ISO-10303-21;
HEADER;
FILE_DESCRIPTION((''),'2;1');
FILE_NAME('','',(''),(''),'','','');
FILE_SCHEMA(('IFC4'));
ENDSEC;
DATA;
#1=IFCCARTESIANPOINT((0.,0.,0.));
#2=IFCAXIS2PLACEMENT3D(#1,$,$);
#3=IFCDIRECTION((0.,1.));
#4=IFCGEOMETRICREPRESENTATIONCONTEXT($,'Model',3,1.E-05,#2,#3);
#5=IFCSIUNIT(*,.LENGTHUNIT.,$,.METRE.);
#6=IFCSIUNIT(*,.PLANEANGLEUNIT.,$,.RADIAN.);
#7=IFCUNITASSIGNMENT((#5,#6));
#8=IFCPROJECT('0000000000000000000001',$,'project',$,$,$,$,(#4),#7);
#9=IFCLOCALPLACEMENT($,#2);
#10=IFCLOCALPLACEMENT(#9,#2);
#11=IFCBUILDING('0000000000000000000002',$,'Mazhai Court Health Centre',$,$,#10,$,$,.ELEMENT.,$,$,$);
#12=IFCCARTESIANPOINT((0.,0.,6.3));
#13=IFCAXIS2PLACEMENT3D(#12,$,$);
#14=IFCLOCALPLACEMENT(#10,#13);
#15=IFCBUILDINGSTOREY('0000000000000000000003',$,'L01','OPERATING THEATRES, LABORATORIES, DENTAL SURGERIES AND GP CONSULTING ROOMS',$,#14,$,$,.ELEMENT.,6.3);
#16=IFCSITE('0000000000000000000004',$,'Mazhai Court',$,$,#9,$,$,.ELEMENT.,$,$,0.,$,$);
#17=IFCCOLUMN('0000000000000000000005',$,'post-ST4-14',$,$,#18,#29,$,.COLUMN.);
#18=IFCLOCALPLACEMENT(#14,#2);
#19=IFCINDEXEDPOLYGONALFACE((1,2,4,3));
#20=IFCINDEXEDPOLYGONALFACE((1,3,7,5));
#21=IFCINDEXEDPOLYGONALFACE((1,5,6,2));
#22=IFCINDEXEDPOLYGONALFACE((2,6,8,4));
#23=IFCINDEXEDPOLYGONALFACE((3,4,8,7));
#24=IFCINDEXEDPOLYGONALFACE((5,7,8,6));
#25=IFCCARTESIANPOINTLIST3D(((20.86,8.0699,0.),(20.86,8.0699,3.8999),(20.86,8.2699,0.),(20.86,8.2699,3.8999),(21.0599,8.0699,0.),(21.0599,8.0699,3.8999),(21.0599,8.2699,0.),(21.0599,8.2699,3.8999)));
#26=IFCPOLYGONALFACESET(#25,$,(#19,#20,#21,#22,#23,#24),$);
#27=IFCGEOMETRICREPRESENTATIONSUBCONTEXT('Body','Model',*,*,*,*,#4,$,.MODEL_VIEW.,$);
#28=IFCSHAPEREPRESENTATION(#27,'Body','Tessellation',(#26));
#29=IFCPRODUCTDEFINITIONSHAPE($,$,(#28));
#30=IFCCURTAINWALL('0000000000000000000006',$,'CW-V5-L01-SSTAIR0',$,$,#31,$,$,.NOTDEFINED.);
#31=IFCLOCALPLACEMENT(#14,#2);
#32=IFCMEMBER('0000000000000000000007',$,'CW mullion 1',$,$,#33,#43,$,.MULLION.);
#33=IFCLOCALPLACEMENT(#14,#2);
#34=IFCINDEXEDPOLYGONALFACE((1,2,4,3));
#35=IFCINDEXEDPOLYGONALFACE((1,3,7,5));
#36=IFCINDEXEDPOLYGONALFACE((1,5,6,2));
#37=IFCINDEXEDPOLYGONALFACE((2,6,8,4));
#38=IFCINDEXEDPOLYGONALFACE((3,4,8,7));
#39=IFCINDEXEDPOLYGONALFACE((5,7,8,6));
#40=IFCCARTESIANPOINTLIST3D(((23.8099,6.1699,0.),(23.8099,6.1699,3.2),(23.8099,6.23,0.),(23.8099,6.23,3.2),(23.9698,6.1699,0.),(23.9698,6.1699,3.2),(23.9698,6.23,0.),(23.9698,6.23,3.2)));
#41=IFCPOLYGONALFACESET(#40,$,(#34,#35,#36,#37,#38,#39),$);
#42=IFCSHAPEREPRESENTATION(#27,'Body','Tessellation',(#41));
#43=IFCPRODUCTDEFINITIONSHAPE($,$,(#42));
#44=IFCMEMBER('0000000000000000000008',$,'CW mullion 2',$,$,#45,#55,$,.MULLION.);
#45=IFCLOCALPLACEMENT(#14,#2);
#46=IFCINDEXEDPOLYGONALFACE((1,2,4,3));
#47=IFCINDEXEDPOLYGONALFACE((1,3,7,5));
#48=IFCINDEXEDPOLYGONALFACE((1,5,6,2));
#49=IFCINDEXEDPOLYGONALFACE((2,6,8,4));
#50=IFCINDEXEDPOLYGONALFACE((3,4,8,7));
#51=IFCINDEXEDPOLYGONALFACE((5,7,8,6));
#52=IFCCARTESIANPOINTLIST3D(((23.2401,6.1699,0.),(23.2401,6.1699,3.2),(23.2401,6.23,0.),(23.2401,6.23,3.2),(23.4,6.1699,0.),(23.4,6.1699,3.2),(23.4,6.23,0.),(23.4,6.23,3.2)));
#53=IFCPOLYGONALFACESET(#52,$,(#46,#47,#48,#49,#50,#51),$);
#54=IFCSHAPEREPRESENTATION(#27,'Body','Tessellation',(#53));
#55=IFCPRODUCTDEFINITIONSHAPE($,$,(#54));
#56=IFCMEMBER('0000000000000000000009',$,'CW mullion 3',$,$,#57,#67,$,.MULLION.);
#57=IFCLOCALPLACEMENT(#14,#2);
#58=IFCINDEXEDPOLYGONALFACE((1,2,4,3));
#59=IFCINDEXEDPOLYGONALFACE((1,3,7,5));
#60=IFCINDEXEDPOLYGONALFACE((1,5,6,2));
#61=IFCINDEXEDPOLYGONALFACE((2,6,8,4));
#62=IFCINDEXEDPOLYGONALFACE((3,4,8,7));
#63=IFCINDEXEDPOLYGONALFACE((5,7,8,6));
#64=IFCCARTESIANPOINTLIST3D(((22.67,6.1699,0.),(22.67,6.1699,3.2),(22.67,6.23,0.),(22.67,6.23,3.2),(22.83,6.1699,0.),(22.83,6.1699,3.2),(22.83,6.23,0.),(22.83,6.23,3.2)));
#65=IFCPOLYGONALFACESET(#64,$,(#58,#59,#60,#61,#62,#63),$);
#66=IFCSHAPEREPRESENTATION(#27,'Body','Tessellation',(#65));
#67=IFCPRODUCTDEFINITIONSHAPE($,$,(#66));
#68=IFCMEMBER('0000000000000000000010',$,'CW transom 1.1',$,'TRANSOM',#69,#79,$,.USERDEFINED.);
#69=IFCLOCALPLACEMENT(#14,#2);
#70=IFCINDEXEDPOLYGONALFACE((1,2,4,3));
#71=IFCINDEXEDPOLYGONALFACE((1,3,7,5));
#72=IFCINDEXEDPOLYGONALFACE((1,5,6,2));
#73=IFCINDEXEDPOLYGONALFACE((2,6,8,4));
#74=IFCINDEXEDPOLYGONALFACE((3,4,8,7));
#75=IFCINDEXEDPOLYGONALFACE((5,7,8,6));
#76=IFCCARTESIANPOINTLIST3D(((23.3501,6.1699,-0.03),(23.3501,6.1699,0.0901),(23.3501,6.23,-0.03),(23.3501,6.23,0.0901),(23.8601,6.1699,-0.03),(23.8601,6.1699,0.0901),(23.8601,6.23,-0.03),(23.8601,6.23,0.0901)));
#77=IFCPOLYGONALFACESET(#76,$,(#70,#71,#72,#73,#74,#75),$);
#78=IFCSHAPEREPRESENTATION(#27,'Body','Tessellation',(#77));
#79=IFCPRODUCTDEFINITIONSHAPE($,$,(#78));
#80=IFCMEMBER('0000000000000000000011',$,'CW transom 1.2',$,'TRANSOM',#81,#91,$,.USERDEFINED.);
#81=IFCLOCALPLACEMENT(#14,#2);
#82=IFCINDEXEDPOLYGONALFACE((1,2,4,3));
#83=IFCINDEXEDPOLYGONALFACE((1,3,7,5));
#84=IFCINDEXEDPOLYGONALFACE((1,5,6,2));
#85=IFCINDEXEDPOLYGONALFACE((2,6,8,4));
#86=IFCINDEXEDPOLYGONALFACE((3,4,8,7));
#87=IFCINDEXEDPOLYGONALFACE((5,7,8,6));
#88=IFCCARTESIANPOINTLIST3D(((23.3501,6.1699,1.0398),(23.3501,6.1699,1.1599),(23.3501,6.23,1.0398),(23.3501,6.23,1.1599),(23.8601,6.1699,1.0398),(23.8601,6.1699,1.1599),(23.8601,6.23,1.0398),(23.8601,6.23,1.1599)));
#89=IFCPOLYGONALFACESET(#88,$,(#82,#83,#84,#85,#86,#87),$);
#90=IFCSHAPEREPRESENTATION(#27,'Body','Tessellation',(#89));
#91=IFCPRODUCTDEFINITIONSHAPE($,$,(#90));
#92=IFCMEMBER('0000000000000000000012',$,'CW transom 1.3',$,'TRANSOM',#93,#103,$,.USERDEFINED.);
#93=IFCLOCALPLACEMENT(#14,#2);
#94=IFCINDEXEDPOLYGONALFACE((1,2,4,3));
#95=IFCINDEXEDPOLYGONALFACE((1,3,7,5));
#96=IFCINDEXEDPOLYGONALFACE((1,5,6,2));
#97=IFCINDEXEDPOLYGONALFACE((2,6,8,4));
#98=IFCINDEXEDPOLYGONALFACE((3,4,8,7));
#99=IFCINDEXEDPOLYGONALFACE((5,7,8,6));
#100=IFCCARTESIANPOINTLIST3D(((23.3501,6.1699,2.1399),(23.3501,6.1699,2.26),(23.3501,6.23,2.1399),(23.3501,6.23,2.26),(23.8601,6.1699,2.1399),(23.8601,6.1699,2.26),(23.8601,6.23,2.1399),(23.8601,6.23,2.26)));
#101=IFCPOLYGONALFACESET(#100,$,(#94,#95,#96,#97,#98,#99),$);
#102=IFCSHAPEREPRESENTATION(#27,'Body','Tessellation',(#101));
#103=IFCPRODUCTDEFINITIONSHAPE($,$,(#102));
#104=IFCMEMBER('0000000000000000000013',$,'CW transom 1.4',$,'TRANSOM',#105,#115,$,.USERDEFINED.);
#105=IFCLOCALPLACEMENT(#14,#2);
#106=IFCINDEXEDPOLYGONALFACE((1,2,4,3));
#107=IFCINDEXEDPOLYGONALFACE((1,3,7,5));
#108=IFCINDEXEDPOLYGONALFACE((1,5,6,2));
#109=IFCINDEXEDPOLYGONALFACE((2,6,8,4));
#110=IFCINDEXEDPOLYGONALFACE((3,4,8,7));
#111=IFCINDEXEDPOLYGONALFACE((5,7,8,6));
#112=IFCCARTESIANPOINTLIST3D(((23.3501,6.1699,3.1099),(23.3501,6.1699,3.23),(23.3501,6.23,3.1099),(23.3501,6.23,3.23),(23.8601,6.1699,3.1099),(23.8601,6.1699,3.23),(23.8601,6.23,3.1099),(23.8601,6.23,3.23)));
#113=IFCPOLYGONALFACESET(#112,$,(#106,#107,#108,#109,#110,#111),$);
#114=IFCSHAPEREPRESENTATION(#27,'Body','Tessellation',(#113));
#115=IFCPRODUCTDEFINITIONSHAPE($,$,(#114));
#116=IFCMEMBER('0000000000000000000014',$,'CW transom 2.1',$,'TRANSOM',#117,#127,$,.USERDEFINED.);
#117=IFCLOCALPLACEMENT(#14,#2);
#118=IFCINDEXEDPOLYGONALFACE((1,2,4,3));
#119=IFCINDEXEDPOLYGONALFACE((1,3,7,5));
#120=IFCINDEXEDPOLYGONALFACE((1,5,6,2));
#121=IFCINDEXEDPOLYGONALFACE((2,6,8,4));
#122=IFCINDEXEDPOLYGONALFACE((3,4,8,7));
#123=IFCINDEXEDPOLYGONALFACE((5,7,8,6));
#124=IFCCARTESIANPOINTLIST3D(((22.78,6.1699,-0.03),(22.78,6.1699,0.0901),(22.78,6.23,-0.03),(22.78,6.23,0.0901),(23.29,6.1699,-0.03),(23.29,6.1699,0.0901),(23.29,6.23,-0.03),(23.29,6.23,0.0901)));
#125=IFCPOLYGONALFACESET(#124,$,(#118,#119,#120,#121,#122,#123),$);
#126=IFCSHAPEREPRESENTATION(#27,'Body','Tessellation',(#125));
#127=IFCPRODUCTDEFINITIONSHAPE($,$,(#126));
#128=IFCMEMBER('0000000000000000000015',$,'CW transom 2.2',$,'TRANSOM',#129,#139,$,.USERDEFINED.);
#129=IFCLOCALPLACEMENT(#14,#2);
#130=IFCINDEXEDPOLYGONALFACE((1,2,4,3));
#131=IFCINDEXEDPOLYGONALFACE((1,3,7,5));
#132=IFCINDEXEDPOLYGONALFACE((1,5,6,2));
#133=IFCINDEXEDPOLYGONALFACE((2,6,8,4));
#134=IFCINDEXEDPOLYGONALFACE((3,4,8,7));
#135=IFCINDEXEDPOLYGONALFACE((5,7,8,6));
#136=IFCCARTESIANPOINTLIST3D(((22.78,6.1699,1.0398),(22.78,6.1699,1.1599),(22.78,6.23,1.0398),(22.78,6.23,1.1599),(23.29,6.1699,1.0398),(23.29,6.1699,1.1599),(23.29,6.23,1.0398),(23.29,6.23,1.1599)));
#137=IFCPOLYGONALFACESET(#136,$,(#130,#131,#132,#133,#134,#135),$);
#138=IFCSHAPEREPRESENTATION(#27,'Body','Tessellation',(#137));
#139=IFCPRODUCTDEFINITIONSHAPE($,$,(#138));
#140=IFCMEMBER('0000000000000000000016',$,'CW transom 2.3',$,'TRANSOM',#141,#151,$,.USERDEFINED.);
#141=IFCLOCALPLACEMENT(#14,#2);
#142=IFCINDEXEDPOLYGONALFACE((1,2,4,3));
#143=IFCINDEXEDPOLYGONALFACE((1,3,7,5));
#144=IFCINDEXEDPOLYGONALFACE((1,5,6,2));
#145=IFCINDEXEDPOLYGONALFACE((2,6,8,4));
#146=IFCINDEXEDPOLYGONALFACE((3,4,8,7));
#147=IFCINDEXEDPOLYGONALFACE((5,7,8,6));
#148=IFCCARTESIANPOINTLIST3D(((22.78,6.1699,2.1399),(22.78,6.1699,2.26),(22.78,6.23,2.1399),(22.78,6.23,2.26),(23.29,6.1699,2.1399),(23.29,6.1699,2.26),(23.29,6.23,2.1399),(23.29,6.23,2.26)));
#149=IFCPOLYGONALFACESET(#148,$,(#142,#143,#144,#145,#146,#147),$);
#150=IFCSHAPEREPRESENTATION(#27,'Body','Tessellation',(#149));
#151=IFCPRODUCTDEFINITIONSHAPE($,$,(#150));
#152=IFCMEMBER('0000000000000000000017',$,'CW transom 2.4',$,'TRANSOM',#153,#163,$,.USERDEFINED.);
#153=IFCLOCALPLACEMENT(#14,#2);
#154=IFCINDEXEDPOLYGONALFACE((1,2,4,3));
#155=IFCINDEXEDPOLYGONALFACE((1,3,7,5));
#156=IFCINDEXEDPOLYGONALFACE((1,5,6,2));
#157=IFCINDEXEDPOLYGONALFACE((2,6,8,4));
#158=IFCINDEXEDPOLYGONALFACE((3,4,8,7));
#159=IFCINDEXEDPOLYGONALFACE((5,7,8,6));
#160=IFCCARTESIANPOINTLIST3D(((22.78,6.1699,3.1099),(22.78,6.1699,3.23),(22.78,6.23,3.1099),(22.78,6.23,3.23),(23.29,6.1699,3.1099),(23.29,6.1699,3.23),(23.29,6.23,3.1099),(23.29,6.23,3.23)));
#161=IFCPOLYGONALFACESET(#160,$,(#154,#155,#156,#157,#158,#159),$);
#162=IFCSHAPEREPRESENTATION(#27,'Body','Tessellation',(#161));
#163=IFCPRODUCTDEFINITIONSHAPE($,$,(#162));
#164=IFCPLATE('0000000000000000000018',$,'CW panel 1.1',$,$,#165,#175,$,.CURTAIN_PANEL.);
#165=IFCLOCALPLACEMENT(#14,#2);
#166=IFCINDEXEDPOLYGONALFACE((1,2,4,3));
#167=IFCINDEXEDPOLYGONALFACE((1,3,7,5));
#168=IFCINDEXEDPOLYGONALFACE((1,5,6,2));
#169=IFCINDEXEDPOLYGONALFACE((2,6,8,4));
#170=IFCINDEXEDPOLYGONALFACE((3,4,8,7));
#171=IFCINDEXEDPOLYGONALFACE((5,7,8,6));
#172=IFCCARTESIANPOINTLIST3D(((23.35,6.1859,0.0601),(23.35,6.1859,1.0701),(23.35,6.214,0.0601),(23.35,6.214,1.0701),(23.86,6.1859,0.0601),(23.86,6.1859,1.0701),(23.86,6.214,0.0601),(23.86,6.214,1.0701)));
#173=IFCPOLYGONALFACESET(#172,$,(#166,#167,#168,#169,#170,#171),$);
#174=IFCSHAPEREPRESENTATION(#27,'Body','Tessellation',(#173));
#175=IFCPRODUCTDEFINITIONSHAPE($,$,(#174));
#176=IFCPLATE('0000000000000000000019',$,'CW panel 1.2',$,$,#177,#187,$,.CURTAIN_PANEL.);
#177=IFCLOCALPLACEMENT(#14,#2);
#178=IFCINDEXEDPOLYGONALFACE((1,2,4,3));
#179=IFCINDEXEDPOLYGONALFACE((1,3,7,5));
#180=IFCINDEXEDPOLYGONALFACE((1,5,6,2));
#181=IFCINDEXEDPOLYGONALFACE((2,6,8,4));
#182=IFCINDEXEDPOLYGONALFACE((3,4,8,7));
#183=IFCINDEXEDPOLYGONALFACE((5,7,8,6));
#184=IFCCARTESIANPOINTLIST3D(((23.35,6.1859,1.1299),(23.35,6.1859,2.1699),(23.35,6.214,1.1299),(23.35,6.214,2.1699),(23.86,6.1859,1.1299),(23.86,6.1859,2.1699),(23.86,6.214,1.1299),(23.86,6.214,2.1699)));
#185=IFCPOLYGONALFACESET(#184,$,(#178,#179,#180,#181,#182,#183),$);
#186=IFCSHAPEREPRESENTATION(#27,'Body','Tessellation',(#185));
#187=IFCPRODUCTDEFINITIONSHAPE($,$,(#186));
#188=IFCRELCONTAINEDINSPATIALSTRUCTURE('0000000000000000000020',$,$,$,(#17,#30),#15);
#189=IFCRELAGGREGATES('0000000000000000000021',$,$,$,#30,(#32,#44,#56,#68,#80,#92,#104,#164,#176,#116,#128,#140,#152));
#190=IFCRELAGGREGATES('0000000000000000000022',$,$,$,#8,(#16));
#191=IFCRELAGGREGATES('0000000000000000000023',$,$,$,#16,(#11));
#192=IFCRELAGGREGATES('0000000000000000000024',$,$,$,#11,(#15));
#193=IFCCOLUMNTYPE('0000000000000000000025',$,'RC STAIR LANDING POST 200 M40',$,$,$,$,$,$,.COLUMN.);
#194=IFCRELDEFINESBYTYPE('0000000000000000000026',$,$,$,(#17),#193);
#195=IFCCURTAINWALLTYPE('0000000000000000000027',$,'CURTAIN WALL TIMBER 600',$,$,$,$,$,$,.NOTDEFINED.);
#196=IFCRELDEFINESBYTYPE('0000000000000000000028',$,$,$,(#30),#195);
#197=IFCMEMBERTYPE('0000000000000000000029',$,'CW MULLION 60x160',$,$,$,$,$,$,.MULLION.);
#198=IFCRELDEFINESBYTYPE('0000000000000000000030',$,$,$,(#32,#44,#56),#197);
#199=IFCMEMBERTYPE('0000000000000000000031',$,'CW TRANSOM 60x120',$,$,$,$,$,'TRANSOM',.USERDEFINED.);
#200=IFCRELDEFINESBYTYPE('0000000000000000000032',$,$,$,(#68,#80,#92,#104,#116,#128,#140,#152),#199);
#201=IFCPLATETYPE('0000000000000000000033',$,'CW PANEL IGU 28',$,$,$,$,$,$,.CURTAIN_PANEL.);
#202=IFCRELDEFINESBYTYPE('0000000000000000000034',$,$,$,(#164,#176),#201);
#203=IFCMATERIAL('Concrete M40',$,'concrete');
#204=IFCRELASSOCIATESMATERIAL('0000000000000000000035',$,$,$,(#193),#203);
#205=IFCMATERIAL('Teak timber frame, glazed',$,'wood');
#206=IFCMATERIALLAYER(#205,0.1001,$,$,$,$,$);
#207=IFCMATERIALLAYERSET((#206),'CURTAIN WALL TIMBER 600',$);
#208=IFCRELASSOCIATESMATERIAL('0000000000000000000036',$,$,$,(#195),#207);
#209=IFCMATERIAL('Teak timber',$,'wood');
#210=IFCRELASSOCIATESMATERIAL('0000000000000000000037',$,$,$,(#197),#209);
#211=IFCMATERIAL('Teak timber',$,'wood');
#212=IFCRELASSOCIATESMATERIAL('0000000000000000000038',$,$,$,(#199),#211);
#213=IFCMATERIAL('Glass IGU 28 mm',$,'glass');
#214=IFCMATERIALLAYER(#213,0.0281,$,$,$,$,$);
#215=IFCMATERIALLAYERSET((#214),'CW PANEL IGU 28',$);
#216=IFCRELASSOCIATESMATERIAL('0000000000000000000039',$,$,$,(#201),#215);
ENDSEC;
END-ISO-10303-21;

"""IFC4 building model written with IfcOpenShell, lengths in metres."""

from ifc_helpers import new_model, si_unit, direction, frame, origin, origin_2d, place, context, subcontext, project, spatial, rectangle, extrude, material, layer, layer_set, material_profile, profile_set, type_object, element, aggregate, save


model = new_model("IFC4")

# Units and contexts
model_context = context("Model", 3, precision=1e-05, world=origin(), true_north=direction((0.0, 1.0)))
body_context = subcontext(model_context, "Body", "Model", "MODEL_VIEW")
ifc_project = project(units=[si_unit("LENGTHUNIT", "METRE"), si_unit("PLANEANGLEUNIT", "RADIAN")], contexts=[model_context])

# Site, building, storey
site_placement = place(None, origin())
site = spatial("IfcSite", under=ifc_project, at=site_placement, Name="Mazhai Court", CompositionType="ELEMENT", RefElevation=0.0)
building_placement = place(site_placement, origin())
building = spatial("IfcBuilding", under=site, at=building_placement, Name="Mazhai Court Health Centre", CompositionType="ELEMENT")
storey_placement = place(building_placement, frame((0.0, 0.0, 6.3)))
storey = spatial("IfcBuildingStorey", under=building, at=storey_placement, Name="L01", Description="OPERATING THEATRES, LABORATORIES, DENTAL SURGERIES AND GP CONSULTING ROOMS", CompositionType="ELEMENT", Elevation=6.3)

# Column
ifc_material_1 = material(Name="Concrete M40", Category="concrete")
ifc_material_profile_1 = material_profile(ifc_material_1, rectangle(XDim=0.2, YDim=0.2, at=origin_2d()), Name="RC 200x200")
ifc_profile_set_1 = profile_set([ifc_material_profile_1], Name="Concrete M40")
column_type = type_object("IfcColumnType", Name="RC STAIR LANDING POST 200 M40", PredefinedType="COLUMN", material=ifc_profile_set_1)
column_placement = place(storey_placement, frame((20.96, 8.1699, 0.0), z_axis=(0.0, 0.0, 1.0), x_axis=(1.0, 0.0, 0.0)))
element("IfcColumn", 1, at=column_placement, inside=storey, type_object=column_type, Name="post-ST4-14", PredefinedType="COLUMN", context=body_context, shape_type="SweptSolid", body=[
    extrude(rectangle(XDim=0.2, YDim=0.2, at=origin_2d()), origin(), (0.0, 0.0, 1.0), 3.8999),
])

# Curtain wall, members, plates
ifc_material_2 = material(Name="Teak timber frame, glazed", Category="wood")
ifc_layer_1 = layer(ifc_material_2, 0.1001)
ifc_layer_set_1 = layer_set([ifc_layer_1], Name="CURTAIN WALL TIMBER 600")
curtain_wall_type = type_object("IfcCurtainWallType", Name="CURTAIN WALL TIMBER 600", PredefinedType="NOTDEFINED", material=ifc_layer_set_1)
curtain_wall_placement = place(storey_placement, origin())
curtain_wall = element("IfcCurtainWall", 2, at=curtain_wall_placement, inside=storey, type_object=curtain_wall_type, Name="CW-V5-L01-SSTAIR0", PredefinedType="NOTDEFINED")
ifc_material_3 = material(Name="Teak timber", Category="wood")
ifc_material_profile_2 = material_profile(ifc_material_3, rectangle(XDim=0.0601, YDim=0.1599, at=origin_2d()), Name="CW MULLION 60x160")
ifc_profile_set_2 = profile_set([ifc_material_profile_2], Name="Teak timber")
member_type_1 = type_object("IfcMemberType", Name="CW MULLION 60x160", PredefinedType="MULLION", material=ifc_profile_set_2)
member_1_placement = place(storey_placement, frame((23.8899, 6.2, 0.0), z_axis=(0.0, 0.0, 1.0), x_axis=(0.0, -1.0, 0.0)))
member_1 = element("IfcMember", 3, at=member_1_placement, type_object=member_type_1, Name="CW mullion 1", PredefinedType="MULLION", context=body_context, shape_type="SweptSolid", body=[
    extrude(rectangle(XDim=0.0601, YDim=0.1599, at=origin_2d()), origin(), (0.0, 0.0, 1.0), 3.2),
])
member_2_placement = place(storey_placement, frame((23.3201, 6.2, 0.0), z_axis=(0.0, 0.0, 1.0), x_axis=(0.0, -1.0, 0.0)))
member_2 = element("IfcMember", 4, at=member_2_placement, type_object=member_type_1, Name="CW mullion 2", PredefinedType="MULLION", context=body_context, shape_type="SweptSolid", body=[
    extrude(rectangle(XDim=0.0601, YDim=0.1599, at=origin_2d()), origin(), (0.0, 0.0, 1.0), 3.2),
])
member_3_placement = place(storey_placement, frame((22.75, 6.2, 0.0), z_axis=(0.0, 0.0, 1.0), x_axis=(0.0, -1.0, 0.0)))
member_3 = element("IfcMember", 5, at=member_3_placement, type_object=member_type_1, Name="CW mullion 3", PredefinedType="MULLION", context=body_context, shape_type="SweptSolid", body=[
    extrude(rectangle(XDim=0.0601, YDim=0.1599, at=origin_2d()), origin(), (0.0, 0.0, 1.0), 3.2),
])
ifc_material_4 = material(Name="Teak timber", Category="wood")
ifc_material_profile_3 = material_profile(ifc_material_4, rectangle(XDim=0.0601, YDim=0.1201, at=origin_2d()), Name="CW TRANSOM 60x120")
ifc_profile_set_3 = profile_set([ifc_material_profile_3], Name="Teak timber")
member_type_2 = type_object("IfcMemberType", Name="CW TRANSOM 60x120", ElementType="TRANSOM", PredefinedType="USERDEFINED", material=ifc_profile_set_3)
member_4_placement = place(storey_placement, frame((23.8601, 6.2, 0.03), z_axis=(-1.0, 0.0, 0.0), x_axis=(0.0, -1.0, 0.0)))
member_4 = element("IfcMember", 6, at=member_4_placement, type_object=member_type_2, Name="CW transom 1.1", ObjectType="TRANSOM", PredefinedType="USERDEFINED", context=body_context, shape_type="SweptSolid", body=[
    extrude(rectangle(XDim=0.0601, YDim=0.1201, at=origin_2d()), origin(), (0.0, 0.0, 1.0), 0.51),
])
member_5_placement = place(storey_placement, frame((23.8601, 6.2, 1.0999), z_axis=(-1.0, 0.0, 0.0), x_axis=(0.0, -1.0, 0.0)))
member_5 = element("IfcMember", 7, at=member_5_placement, type_object=member_type_2, Name="CW transom 1.2", ObjectType="TRANSOM", PredefinedType="USERDEFINED", context=body_context, shape_type="SweptSolid", body=[
    extrude(rectangle(XDim=0.0601, YDim=0.1201, at=origin_2d()), origin(), (0.0, 0.0, 1.0), 0.51),
])
member_6_placement = place(storey_placement, frame((23.8601, 6.2, 2.2), z_axis=(-1.0, 0.0, 0.0), x_axis=(0.0, -1.0, 0.0)))
member_6 = element("IfcMember", 8, at=member_6_placement, type_object=member_type_2, Name="CW transom 1.3", ObjectType="TRANSOM", PredefinedType="USERDEFINED", context=body_context, shape_type="SweptSolid", body=[
    extrude(rectangle(XDim=0.0601, YDim=0.1201, at=origin_2d()), origin(), (0.0, 0.0, 1.0), 0.51),
])
member_7_placement = place(storey_placement, frame((23.8601, 6.2, 3.1699), z_axis=(-1.0, 0.0, 0.0), x_axis=(0.0, -1.0, 0.0)))
member_7 = element("IfcMember", 9, at=member_7_placement, type_object=member_type_2, Name="CW transom 1.4", ObjectType="TRANSOM", PredefinedType="USERDEFINED", context=body_context, shape_type="SweptSolid", body=[
    extrude(rectangle(XDim=0.0601, YDim=0.1201, at=origin_2d()), origin(), (0.0, 0.0, 1.0), 0.51),
])
member_8_placement = place(storey_placement, frame((23.29, 6.2, 0.03), z_axis=(-1.0, 0.0, 0.0), x_axis=(0.0, -1.0, 0.0)))
member_8 = element("IfcMember", 10, at=member_8_placement, type_object=member_type_2, Name="CW transom 2.1", ObjectType="TRANSOM", PredefinedType="USERDEFINED", context=body_context, shape_type="SweptSolid", body=[
    extrude(rectangle(XDim=0.0601, YDim=0.1201, at=origin_2d()), origin(), (0.0, 0.0, 1.0), 0.51),
])
member_9_placement = place(storey_placement, frame((23.29, 6.2, 1.0999), z_axis=(-1.0, 0.0, 0.0), x_axis=(0.0, -1.0, 0.0)))
member_9 = element("IfcMember", 11, at=member_9_placement, type_object=member_type_2, Name="CW transom 2.2", ObjectType="TRANSOM", PredefinedType="USERDEFINED", context=body_context, shape_type="SweptSolid", body=[
    extrude(rectangle(XDim=0.0601, YDim=0.1201, at=origin_2d()), origin(), (0.0, 0.0, 1.0), 0.51),
])
member_10_placement = place(storey_placement, frame((23.29, 6.2, 2.2), z_axis=(-1.0, 0.0, 0.0), x_axis=(0.0, -1.0, 0.0)))
member_10 = element("IfcMember", 12, at=member_10_placement, type_object=member_type_2, Name="CW transom 2.3", ObjectType="TRANSOM", PredefinedType="USERDEFINED", context=body_context, shape_type="SweptSolid", body=[
    extrude(rectangle(XDim=0.0601, YDim=0.1201, at=origin_2d()), origin(), (0.0, 0.0, 1.0), 0.51),
])
member_11_placement = place(storey_placement, frame((23.29, 6.2, 3.1699), z_axis=(-1.0, 0.0, 0.0), x_axis=(0.0, -1.0, 0.0)))
member_11 = element("IfcMember", 13, at=member_11_placement, type_object=member_type_2, Name="CW transom 2.4", ObjectType="TRANSOM", PredefinedType="USERDEFINED", context=body_context, shape_type="SweptSolid", body=[
    extrude(rectangle(XDim=0.0601, YDim=0.1201, at=origin_2d()), origin(), (0.0, 0.0, 1.0), 0.51),
])
ifc_material_5 = material(Name="Glass IGU 28 mm", Category="glass")
ifc_layer_2 = layer(ifc_material_5, 0.0281)
ifc_layer_set_2 = layer_set([ifc_layer_2], Name="CW PANEL IGU 28")
plate_type = type_object("IfcPlateType", Name="CW PANEL IGU 28", PredefinedType="CURTAIN_PANEL", material=ifc_layer_set_2)
plate_1_placement = place(storey_placement, frame((23.605, 6.2, 0.0601), z_axis=(0.0, 0.0, 1.0), x_axis=(-1.0, 0.0, 0.0)))
plate_1 = element("IfcPlate", 14, at=plate_1_placement, type_object=plate_type, Name="CW panel 1.1", PredefinedType="CURTAIN_PANEL", context=body_context, shape_type="SweptSolid", body=[
    extrude(rectangle(XDim=0.51, YDim=0.0281, at=origin_2d()), origin(), (0.0, 0.0, 1.0), 1.01),
])
plate_2_placement = place(storey_placement, frame((23.605, 6.2, 1.1299), z_axis=(0.0, 0.0, 1.0), x_axis=(-1.0, 0.0, 0.0)))
plate_2 = element("IfcPlate", 15, at=plate_2_placement, type_object=plate_type, Name="CW panel 1.2", PredefinedType="CURTAIN_PANEL", context=body_context, shape_type="SweptSolid", body=[
    extrude(rectangle(XDim=0.51, YDim=0.0281, at=origin_2d()), origin(), (0.0, 0.0, 1.0), 1.04),
])
aggregate(curtain_wall, [member_1, member_2, member_3, member_4, member_5, member_6, member_7, plate_1, plate_2, member_8, member_9, member_10, member_11])

save(model, "model.ifc")
